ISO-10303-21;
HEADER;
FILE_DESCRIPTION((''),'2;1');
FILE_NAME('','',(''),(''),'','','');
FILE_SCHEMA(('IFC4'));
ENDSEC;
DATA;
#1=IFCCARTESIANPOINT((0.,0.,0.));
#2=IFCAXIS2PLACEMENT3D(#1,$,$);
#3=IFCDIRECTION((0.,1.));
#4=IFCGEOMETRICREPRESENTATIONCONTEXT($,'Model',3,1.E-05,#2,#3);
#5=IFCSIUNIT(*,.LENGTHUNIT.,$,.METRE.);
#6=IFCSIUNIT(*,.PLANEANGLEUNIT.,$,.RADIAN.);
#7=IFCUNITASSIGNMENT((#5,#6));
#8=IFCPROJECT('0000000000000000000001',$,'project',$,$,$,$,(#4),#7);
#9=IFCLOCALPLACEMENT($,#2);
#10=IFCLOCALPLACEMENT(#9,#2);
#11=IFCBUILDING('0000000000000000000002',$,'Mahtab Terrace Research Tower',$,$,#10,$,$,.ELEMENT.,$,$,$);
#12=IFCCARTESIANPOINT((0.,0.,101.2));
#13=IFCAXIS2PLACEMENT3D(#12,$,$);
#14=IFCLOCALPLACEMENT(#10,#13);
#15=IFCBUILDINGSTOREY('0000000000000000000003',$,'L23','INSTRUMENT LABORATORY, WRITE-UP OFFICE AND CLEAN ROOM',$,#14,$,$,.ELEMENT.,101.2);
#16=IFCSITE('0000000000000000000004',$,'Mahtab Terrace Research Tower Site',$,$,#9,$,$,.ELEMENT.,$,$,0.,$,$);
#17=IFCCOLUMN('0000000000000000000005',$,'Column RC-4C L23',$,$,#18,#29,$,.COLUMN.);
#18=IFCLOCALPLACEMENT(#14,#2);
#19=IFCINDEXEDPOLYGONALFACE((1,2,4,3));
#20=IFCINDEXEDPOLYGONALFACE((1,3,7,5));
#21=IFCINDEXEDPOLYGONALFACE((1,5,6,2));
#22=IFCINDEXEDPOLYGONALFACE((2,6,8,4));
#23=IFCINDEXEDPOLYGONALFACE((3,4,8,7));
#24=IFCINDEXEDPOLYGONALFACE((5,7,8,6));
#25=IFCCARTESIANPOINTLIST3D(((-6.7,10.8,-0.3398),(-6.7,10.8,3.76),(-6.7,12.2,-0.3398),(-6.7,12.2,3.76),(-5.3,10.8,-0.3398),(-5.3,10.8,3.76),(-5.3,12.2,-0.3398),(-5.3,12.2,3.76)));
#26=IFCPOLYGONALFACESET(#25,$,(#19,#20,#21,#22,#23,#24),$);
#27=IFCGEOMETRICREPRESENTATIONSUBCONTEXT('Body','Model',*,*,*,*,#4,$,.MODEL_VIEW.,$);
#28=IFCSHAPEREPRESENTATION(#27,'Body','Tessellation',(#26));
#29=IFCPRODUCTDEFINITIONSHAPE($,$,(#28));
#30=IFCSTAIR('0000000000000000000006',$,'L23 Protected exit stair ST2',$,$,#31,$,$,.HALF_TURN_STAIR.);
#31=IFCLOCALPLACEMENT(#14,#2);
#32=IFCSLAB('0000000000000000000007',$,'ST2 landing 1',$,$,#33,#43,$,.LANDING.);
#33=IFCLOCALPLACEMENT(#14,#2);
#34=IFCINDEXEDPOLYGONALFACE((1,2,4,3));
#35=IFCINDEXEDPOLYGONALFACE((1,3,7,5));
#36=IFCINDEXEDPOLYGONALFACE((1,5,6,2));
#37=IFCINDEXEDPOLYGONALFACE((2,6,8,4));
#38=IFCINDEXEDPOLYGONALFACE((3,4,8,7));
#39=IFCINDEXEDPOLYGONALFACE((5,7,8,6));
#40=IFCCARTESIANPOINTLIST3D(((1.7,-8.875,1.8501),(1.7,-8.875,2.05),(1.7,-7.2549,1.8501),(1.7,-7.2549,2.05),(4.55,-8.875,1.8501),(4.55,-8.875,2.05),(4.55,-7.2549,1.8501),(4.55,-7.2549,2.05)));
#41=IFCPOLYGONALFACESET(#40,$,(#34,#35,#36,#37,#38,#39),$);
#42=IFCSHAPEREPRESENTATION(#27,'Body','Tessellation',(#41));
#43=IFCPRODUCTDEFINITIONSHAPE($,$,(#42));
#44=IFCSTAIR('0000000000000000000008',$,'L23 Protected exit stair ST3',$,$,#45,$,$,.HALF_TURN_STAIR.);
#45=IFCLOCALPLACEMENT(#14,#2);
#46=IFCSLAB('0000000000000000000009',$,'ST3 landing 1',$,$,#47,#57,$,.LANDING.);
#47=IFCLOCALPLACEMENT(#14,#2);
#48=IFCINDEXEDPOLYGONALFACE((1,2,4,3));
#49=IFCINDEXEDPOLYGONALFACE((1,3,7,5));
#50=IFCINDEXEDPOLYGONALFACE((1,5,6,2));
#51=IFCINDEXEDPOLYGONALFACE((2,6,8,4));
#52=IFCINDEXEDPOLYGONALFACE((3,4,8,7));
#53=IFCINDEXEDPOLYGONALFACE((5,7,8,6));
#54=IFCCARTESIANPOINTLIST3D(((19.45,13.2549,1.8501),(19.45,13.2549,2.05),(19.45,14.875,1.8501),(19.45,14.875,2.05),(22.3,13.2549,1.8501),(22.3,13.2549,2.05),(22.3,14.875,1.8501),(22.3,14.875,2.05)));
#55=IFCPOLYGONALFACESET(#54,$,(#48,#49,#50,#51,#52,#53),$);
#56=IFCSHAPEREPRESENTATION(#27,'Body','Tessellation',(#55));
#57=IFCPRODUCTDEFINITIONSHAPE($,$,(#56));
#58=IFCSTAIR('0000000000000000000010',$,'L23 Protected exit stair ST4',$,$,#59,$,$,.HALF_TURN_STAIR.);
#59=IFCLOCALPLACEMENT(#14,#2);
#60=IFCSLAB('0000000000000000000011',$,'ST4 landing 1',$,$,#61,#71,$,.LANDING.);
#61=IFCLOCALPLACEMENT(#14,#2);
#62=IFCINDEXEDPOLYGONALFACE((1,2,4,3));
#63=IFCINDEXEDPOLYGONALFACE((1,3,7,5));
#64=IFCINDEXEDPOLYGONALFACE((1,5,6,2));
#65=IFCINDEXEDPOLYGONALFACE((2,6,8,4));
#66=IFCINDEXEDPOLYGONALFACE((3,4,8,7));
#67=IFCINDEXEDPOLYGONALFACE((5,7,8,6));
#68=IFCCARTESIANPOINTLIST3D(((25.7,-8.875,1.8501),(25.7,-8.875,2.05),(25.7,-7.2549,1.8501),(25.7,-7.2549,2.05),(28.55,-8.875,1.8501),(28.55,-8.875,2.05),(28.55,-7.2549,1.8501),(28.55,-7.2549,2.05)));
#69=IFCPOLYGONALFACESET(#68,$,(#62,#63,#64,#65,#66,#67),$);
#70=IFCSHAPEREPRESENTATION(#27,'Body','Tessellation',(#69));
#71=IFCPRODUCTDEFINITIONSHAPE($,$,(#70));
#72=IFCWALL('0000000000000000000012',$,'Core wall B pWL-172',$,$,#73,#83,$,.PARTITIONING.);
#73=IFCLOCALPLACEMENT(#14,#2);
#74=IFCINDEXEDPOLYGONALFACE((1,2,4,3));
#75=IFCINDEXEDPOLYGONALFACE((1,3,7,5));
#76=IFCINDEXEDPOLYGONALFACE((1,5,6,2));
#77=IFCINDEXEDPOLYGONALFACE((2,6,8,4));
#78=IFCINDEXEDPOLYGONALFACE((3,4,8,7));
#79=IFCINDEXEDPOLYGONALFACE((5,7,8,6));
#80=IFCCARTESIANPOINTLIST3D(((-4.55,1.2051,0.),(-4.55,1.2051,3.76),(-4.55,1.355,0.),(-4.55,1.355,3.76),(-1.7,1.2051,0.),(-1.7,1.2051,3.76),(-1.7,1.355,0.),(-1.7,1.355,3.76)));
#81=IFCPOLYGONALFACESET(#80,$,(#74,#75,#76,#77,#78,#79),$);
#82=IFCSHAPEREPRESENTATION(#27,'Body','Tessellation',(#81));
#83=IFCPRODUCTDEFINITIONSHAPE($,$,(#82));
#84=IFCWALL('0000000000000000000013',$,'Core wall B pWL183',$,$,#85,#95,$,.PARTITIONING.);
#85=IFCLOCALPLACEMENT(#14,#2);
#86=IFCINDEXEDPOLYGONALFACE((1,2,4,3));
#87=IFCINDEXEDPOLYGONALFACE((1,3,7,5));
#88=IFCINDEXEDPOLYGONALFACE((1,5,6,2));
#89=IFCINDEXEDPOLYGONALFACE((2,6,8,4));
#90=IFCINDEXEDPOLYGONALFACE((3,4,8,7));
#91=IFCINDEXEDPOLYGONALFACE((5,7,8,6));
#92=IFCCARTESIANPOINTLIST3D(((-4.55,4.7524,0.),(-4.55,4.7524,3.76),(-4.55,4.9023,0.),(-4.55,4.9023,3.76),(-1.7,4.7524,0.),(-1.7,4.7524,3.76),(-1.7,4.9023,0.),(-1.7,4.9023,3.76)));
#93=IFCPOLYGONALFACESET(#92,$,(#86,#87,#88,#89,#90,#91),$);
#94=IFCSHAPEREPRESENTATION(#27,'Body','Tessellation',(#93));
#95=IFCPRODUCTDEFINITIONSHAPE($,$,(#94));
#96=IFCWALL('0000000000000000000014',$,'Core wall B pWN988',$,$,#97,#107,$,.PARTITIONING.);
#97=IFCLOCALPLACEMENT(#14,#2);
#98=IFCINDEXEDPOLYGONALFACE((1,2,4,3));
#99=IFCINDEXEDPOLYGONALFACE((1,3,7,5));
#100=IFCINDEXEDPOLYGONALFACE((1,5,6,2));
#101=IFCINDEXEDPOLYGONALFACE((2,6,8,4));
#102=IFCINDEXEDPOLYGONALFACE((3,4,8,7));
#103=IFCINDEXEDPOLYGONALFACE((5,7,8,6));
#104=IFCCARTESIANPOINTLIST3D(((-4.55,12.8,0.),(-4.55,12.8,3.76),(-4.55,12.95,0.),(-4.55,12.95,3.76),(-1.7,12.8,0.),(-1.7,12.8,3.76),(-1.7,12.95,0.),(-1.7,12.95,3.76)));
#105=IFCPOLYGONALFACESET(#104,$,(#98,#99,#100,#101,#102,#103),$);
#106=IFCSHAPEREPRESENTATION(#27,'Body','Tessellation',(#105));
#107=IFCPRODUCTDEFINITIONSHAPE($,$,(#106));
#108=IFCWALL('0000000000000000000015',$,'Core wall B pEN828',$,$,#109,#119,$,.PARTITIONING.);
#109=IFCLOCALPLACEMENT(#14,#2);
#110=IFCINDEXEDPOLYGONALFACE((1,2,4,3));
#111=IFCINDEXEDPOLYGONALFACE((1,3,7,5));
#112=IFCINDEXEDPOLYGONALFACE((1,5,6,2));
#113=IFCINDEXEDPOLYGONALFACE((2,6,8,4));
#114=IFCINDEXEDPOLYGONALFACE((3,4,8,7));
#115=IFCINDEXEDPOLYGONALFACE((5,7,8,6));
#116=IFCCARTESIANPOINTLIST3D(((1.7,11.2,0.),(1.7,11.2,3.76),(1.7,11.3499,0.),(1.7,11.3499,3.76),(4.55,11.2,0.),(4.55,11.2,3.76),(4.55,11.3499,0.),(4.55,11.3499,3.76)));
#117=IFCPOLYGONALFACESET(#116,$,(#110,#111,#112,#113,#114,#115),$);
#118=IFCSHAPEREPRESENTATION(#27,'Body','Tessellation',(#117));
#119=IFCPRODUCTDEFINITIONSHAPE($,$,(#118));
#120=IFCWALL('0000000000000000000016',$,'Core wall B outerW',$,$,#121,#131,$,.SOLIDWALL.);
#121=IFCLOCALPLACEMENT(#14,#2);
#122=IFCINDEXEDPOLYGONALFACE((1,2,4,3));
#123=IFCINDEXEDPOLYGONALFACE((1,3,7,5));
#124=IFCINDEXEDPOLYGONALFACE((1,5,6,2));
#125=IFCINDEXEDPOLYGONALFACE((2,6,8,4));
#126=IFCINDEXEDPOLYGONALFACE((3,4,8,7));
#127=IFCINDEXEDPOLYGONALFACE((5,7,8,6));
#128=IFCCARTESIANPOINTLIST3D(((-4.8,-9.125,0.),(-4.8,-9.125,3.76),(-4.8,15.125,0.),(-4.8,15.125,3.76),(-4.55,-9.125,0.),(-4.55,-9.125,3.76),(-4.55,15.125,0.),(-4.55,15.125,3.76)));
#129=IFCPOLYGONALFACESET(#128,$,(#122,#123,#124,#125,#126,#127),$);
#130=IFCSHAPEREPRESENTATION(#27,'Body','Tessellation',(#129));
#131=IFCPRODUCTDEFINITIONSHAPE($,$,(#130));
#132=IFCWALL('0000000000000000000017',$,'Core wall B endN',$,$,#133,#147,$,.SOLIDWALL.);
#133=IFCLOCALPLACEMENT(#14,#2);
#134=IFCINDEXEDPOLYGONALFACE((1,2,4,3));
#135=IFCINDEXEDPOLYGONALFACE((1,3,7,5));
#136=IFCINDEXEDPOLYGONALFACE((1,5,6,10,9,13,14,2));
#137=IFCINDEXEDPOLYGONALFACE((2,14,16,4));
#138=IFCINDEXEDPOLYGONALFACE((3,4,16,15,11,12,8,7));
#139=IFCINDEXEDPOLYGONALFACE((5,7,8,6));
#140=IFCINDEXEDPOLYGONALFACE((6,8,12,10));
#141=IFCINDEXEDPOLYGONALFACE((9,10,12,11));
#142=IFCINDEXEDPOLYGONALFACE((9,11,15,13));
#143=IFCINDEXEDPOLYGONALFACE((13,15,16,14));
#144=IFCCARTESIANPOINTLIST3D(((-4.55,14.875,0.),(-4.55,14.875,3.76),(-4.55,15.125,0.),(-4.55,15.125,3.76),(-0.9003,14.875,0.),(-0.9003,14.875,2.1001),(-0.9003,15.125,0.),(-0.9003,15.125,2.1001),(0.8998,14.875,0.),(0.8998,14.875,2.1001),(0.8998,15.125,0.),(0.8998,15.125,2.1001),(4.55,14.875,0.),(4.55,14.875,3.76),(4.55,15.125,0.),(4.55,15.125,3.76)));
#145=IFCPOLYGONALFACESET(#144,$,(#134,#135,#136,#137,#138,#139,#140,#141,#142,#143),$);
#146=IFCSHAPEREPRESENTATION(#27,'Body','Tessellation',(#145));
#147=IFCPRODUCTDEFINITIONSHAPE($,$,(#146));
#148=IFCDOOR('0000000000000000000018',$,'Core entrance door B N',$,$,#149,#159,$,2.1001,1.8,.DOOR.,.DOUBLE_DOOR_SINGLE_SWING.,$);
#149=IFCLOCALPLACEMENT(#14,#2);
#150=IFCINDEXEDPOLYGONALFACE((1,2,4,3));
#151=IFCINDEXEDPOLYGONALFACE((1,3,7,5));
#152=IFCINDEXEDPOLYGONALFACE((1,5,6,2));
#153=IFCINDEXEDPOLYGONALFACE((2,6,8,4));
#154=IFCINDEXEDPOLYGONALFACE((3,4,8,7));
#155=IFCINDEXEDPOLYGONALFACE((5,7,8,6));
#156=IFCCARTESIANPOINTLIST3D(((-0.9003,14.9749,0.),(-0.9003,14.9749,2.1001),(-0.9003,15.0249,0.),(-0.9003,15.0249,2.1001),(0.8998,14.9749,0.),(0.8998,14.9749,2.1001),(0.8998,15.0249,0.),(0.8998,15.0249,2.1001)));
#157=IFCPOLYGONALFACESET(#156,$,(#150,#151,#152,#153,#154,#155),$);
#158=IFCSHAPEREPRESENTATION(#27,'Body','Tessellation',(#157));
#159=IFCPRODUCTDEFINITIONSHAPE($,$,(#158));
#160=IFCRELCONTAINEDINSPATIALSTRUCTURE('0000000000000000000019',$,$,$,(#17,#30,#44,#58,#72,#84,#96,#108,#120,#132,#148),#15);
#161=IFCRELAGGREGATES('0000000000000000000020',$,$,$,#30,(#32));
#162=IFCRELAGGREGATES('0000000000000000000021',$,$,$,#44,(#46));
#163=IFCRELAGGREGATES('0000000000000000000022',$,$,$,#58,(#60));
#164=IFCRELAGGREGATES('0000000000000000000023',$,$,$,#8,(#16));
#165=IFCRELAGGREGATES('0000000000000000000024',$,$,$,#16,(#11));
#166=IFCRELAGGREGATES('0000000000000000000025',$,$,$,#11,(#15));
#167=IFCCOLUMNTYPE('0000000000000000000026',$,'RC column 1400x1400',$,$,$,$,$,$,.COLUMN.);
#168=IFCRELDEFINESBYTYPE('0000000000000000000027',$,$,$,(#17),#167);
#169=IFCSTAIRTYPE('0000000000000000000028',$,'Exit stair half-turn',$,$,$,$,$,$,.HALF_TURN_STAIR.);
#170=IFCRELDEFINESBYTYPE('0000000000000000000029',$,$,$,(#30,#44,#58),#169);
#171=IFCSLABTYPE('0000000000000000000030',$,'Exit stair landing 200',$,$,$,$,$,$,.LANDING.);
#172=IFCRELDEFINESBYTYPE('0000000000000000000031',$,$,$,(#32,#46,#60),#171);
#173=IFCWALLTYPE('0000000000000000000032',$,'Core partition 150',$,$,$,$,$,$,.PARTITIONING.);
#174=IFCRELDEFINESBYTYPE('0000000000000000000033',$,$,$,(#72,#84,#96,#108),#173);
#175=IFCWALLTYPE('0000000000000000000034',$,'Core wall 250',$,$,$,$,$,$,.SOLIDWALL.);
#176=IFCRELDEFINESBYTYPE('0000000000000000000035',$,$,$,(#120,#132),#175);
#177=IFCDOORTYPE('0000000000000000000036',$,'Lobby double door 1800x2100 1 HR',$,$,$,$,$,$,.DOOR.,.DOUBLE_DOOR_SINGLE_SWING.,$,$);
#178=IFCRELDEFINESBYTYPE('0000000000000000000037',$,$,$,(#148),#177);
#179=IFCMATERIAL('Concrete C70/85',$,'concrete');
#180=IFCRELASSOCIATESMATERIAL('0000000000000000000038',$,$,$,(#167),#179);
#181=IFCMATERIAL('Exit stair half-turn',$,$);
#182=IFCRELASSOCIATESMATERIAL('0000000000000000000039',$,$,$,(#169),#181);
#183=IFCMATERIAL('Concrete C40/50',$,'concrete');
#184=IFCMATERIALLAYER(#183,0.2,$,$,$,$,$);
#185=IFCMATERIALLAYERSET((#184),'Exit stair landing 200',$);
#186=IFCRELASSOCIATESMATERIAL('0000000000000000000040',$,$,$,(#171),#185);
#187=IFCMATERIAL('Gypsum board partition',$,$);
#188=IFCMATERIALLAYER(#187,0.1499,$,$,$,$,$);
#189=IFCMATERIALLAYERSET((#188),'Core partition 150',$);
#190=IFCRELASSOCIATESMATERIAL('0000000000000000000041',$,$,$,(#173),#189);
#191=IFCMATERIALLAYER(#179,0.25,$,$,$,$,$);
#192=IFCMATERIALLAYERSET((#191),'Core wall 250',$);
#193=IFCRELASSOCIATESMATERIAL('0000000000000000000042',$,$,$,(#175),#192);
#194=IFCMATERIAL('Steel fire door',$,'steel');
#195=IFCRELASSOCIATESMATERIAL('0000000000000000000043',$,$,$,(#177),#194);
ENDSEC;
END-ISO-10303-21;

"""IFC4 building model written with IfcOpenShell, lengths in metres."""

from ifc_helpers import new_model, si_unit, direction, frame, frame_2d, origin, origin_2d, place, context, subcontext, project, spatial, polyline, rectangle, outline, extrude, material, layer, layer_set, material_profile, profile_set, type_object, element, fill, aggregate, save


model = new_model("IFC4")

# Units and contexts
model_context = context("Model", 3, precision=1e-05, world=origin(), true_north=direction((0.0, 1.0)))
body_context = subcontext(model_context, "Body", "Model", "MODEL_VIEW")
ifc_project = project(units=[si_unit("LENGTHUNIT", "METRE"), si_unit("PLANEANGLEUNIT", "RADIAN")], contexts=[model_context])

# Site, building, storey
site_placement = place(None, origin())
site = spatial("IfcSite", under=ifc_project, at=site_placement, Name="Mahtab Terrace Research Tower Site", CompositionType="ELEMENT", RefElevation=0.0)
building_placement = place(site_placement, origin())
building = spatial("IfcBuilding", under=site, at=building_placement, Name="Mahtab Terrace Research Tower", CompositionType="ELEMENT")
storey_placement = place(building_placement, frame((0.0, 0.0, 101.2)))
storey = spatial("IfcBuildingStorey", under=building, at=storey_placement, Name="L23", Description="INSTRUMENT LABORATORY, WRITE-UP OFFICE AND CLEAN ROOM", CompositionType="ELEMENT", Elevation=101.2)

# Column
ifc_material_1 = material(Name="Concrete C70/85", Category="concrete")
ifc_material_profile = material_profile(ifc_material_1, rectangle(XDim=1.3999, YDim=1.3999, at=origin_2d()), Name="RC column 1400x1400")
ifc_profile_set = profile_set([ifc_material_profile], Name="Concrete C70/85")
column_type = type_object("IfcColumnType", Name="RC column 1400x1400", PredefinedType="COLUMN", material=ifc_profile_set)
column_placement = place(storey_placement, frame((-6.0, 11.5, -0.3398), z_axis=(0.0, 0.0, 1.0), x_axis=(1.0, 0.0, 0.0)))
element("IfcColumn", 1, at=column_placement, inside=storey, type_object=column_type, Name="Column RC-4C L23", PredefinedType="COLUMN", context=body_context, shape_type="SweptSolid", body=[
    extrude(rectangle(XDim=1.3999, YDim=1.3999, at=origin_2d()), origin(), (0.0, 0.0, 1.0), 4.0999),
])

# Stairs, slabs
ifc_material_2 = material(Name="Exit stair half-turn")
stair_type = type_object("IfcStairType", Name="Exit stair half-turn", PredefinedType="HALF_TURN_STAIR", material=ifc_material_2)
stair_1_placement = place(storey_placement, origin())
stair_1 = element("IfcStair", 2, at=stair_1_placement, inside=storey, type_object=stair_type, Name="L23 Protected exit stair ST2", PredefinedType="HALF_TURN_STAIR")
ifc_material_3 = material(Name="Concrete C40/50", Category="concrete")
ifc_layer_1 = layer(ifc_material_3, 0.2)
ifc_layer_set_1 = layer_set([ifc_layer_1], Name="Exit stair landing 200")
slab_type = type_object("IfcSlabType", Name="Exit stair landing 200", PredefinedType="LANDING", material=ifc_layer_set_1)
slab_1_placement = place(storey_placement, frame((0.0, 0.0, 1.8501)))
slab_1 = element("IfcSlab", 3, at=slab_1_placement, type_object=slab_type, Name="ST2 landing 1", PredefinedType="LANDING", context=body_context, shape_type="SweptSolid", body=[
    extrude(outline(polyline([(1.7, -7.2549), (1.7, -8.875), (4.55, -8.875), (4.55, -7.2549), (1.7, -7.2549)])), origin(), (0.0, 0.0, 1.0), 0.2),
])
aggregate(stair_1, [slab_1])
stair_2_placement = place(storey_placement, origin())
stair_2 = element("IfcStair", 4, at=stair_2_placement, inside=storey, type_object=stair_type, Name="L23 Protected exit stair ST3", PredefinedType="HALF_TURN_STAIR")
slab_2_placement = place(storey_placement, frame((0.0, 0.0, 1.8501)))
slab_2 = element("IfcSlab", 5, at=slab_2_placement, type_object=slab_type, Name="ST3 landing 1", PredefinedType="LANDING", context=body_context, shape_type="SweptSolid", body=[
    extrude(outline(polyline([(22.3, 13.2549), (22.3, 14.875), (19.45, 14.875), (19.45, 13.2549), (22.3, 13.2549)])), origin(), (0.0, 0.0, 1.0), 0.2),
])
aggregate(stair_2, [slab_2])
stair_3_placement = place(storey_placement, origin())
stair_3 = element("IfcStair", 6, at=stair_3_placement, inside=storey, type_object=stair_type, Name="L23 Protected exit stair ST4", PredefinedType="HALF_TURN_STAIR")
slab_3_placement = place(storey_placement, frame((0.0, 0.0, 1.8501)))
slab_3 = element("IfcSlab", 7, at=slab_3_placement, type_object=slab_type, Name="ST4 landing 1", PredefinedType="LANDING", context=body_context, shape_type="SweptSolid", body=[
    extrude(outline(polyline([(25.7, -7.2549), (25.7, -8.875), (28.55, -8.875), (28.55, -7.2549), (25.7, -7.2549)])), origin(), (0.0, 0.0, 1.0), 0.2),
])
aggregate(stair_3, [slab_3])

# Walls
ifc_material_4 = material(Name="Gypsum board partition")
ifc_layer_2 = layer(ifc_material_4, 0.1499)
ifc_layer_set_2 = layer_set([ifc_layer_2], Name="Core partition 150")
wall_type_1 = type_object("IfcWallType", Name="Core partition 150", PredefinedType="PARTITIONING", material=ifc_layer_set_2)
for number, where, z_axis, x_axis, name in (
    (8, (-4.55, 1.28, 0.0), (0.0, 0.0, 1.0), (1.0, 0.0, 0.0), "Core wall B pWL-172"),
    (9, (-4.55, 4.8274, 0.0), (0.0, 0.0, 1.0), (1.0, 0.0, 0.0), "Core wall B pWL183"),
    (10, (-4.55, 12.875, 0.0), (0.0, 0.0, 1.0), (1.0, 0.0, 0.0), "Core wall B pWN988"),
    (11, (1.7, 11.2749, 0.0), (0.0, 0.0, 1.0), (1.0, 0.0, 0.0), "Core wall B pEN828"),
):
    element("IfcWall", number, at=place(storey_placement, frame(where, z_axis=z_axis, x_axis=x_axis)), inside=storey, type_object=wall_type_1, Name=name, PredefinedType="PARTITIONING", context=body_context, shape_type="SweptSolid", body=[
        extrude(rectangle(XDim=2.8501, YDim=0.1499, at=frame_2d((1.425, 0.0))), origin(), (0.0, 0.0, 1.0), 3.76),
    ])
ifc_layer_3 = layer(ifc_material_1, 0.25)
ifc_layer_set_3 = layer_set([ifc_layer_3], Name="Core wall 250")
wall_type_2 = type_object("IfcWallType", Name="Core wall 250", PredefinedType="SOLIDWALL", material=ifc_layer_set_3)
wall_1_placement = place(storey_placement, frame((-4.675, 15.125, 0.0), z_axis=(0.0, 0.0, 1.0), x_axis=(0.0, -1.0, 0.0)))
element("IfcWall", 12, at=wall_1_placement, inside=storey, type_object=wall_type_2, Name="Core wall B outerW", PredefinedType="SOLIDWALL", context=body_context, shape_type="SweptSolid", body=[
    extrude(rectangle(XDim=24.25, YDim=0.25, at=frame_2d((12.125, 0.0))), origin(), (0.0, 0.0, 1.0), 3.76),
])

# Wall, opening, door
wall_2_placement = place(storey_placement, frame((-4.55, 15.0, 0.0), z_axis=(0.0, 0.0, 1.0), x_axis=(1.0, 0.0, 0.0)))
wall_2 = element("IfcWall", 13, at=wall_2_placement, inside=storey, type_object=wall_type_2, Name="Core wall B endN", PredefinedType="SOLIDWALL", context=body_context, shape_type="SweptSolid", body=[
    extrude(rectangle(XDim=9.1001, YDim=0.25, at=frame_2d((4.55, 0.0))), origin(), (0.0, 0.0, 1.0), 3.76),
])
opening_1_placement = place(wall_2_placement, frame((3.6499, 0.0, 0.0)))
opening_1 = element("IfcOpeningElement", 14, at=opening_1_placement, cuts=wall_2, PredefinedType="OPENING", context=body_context, shape_type="SweptSolid", body=[
    extrude(rectangle(XDim=1.8, YDim=2.1001, at=frame_2d((0.8999, 1.05))), frame((0.0, 0.135, 0.0), z_axis=(0.0, -1.0, 0.0), x_axis=(1.0, 0.0, 0.0)), (0.0, 0.0, 1.0), 0.27),
])
ifc_material_5 = material(Name="Steel fire door", Category="steel")
door_type_1 = type_object("IfcDoorType", Name="Lobby double door 1800x2100 1 HR", OperationType="DOUBLE_DOOR_SINGLE_SWING", PredefinedType="DOOR", material=ifc_material_5)
door_1_placement = place(opening_1_placement, origin())
door_1 = element("IfcDoor", 15, at=door_1_placement, inside=storey, type_object=door_type_1, Name="Core entrance door B N", OperationType="DOUBLE_DOOR_SINGLE_SWING", OverallHeight=2.1001, OverallWidth=1.8, PredefinedType="DOOR", context=body_context, shape_type="SweptSolid", body=[
    extrude(rectangle(XDim=1.8, YDim=2.1001, at=frame_2d((0.8999, 1.05))), frame((0.0, 0.0249, 0.0), z_axis=(0.0, -1.0, 0.0), x_axis=(1.0, 0.0, 0.0)), (0.0, 0.0, 1.0), 0.05),
])
fill(opening_1, door_1)

save(model, "model.ifc")
